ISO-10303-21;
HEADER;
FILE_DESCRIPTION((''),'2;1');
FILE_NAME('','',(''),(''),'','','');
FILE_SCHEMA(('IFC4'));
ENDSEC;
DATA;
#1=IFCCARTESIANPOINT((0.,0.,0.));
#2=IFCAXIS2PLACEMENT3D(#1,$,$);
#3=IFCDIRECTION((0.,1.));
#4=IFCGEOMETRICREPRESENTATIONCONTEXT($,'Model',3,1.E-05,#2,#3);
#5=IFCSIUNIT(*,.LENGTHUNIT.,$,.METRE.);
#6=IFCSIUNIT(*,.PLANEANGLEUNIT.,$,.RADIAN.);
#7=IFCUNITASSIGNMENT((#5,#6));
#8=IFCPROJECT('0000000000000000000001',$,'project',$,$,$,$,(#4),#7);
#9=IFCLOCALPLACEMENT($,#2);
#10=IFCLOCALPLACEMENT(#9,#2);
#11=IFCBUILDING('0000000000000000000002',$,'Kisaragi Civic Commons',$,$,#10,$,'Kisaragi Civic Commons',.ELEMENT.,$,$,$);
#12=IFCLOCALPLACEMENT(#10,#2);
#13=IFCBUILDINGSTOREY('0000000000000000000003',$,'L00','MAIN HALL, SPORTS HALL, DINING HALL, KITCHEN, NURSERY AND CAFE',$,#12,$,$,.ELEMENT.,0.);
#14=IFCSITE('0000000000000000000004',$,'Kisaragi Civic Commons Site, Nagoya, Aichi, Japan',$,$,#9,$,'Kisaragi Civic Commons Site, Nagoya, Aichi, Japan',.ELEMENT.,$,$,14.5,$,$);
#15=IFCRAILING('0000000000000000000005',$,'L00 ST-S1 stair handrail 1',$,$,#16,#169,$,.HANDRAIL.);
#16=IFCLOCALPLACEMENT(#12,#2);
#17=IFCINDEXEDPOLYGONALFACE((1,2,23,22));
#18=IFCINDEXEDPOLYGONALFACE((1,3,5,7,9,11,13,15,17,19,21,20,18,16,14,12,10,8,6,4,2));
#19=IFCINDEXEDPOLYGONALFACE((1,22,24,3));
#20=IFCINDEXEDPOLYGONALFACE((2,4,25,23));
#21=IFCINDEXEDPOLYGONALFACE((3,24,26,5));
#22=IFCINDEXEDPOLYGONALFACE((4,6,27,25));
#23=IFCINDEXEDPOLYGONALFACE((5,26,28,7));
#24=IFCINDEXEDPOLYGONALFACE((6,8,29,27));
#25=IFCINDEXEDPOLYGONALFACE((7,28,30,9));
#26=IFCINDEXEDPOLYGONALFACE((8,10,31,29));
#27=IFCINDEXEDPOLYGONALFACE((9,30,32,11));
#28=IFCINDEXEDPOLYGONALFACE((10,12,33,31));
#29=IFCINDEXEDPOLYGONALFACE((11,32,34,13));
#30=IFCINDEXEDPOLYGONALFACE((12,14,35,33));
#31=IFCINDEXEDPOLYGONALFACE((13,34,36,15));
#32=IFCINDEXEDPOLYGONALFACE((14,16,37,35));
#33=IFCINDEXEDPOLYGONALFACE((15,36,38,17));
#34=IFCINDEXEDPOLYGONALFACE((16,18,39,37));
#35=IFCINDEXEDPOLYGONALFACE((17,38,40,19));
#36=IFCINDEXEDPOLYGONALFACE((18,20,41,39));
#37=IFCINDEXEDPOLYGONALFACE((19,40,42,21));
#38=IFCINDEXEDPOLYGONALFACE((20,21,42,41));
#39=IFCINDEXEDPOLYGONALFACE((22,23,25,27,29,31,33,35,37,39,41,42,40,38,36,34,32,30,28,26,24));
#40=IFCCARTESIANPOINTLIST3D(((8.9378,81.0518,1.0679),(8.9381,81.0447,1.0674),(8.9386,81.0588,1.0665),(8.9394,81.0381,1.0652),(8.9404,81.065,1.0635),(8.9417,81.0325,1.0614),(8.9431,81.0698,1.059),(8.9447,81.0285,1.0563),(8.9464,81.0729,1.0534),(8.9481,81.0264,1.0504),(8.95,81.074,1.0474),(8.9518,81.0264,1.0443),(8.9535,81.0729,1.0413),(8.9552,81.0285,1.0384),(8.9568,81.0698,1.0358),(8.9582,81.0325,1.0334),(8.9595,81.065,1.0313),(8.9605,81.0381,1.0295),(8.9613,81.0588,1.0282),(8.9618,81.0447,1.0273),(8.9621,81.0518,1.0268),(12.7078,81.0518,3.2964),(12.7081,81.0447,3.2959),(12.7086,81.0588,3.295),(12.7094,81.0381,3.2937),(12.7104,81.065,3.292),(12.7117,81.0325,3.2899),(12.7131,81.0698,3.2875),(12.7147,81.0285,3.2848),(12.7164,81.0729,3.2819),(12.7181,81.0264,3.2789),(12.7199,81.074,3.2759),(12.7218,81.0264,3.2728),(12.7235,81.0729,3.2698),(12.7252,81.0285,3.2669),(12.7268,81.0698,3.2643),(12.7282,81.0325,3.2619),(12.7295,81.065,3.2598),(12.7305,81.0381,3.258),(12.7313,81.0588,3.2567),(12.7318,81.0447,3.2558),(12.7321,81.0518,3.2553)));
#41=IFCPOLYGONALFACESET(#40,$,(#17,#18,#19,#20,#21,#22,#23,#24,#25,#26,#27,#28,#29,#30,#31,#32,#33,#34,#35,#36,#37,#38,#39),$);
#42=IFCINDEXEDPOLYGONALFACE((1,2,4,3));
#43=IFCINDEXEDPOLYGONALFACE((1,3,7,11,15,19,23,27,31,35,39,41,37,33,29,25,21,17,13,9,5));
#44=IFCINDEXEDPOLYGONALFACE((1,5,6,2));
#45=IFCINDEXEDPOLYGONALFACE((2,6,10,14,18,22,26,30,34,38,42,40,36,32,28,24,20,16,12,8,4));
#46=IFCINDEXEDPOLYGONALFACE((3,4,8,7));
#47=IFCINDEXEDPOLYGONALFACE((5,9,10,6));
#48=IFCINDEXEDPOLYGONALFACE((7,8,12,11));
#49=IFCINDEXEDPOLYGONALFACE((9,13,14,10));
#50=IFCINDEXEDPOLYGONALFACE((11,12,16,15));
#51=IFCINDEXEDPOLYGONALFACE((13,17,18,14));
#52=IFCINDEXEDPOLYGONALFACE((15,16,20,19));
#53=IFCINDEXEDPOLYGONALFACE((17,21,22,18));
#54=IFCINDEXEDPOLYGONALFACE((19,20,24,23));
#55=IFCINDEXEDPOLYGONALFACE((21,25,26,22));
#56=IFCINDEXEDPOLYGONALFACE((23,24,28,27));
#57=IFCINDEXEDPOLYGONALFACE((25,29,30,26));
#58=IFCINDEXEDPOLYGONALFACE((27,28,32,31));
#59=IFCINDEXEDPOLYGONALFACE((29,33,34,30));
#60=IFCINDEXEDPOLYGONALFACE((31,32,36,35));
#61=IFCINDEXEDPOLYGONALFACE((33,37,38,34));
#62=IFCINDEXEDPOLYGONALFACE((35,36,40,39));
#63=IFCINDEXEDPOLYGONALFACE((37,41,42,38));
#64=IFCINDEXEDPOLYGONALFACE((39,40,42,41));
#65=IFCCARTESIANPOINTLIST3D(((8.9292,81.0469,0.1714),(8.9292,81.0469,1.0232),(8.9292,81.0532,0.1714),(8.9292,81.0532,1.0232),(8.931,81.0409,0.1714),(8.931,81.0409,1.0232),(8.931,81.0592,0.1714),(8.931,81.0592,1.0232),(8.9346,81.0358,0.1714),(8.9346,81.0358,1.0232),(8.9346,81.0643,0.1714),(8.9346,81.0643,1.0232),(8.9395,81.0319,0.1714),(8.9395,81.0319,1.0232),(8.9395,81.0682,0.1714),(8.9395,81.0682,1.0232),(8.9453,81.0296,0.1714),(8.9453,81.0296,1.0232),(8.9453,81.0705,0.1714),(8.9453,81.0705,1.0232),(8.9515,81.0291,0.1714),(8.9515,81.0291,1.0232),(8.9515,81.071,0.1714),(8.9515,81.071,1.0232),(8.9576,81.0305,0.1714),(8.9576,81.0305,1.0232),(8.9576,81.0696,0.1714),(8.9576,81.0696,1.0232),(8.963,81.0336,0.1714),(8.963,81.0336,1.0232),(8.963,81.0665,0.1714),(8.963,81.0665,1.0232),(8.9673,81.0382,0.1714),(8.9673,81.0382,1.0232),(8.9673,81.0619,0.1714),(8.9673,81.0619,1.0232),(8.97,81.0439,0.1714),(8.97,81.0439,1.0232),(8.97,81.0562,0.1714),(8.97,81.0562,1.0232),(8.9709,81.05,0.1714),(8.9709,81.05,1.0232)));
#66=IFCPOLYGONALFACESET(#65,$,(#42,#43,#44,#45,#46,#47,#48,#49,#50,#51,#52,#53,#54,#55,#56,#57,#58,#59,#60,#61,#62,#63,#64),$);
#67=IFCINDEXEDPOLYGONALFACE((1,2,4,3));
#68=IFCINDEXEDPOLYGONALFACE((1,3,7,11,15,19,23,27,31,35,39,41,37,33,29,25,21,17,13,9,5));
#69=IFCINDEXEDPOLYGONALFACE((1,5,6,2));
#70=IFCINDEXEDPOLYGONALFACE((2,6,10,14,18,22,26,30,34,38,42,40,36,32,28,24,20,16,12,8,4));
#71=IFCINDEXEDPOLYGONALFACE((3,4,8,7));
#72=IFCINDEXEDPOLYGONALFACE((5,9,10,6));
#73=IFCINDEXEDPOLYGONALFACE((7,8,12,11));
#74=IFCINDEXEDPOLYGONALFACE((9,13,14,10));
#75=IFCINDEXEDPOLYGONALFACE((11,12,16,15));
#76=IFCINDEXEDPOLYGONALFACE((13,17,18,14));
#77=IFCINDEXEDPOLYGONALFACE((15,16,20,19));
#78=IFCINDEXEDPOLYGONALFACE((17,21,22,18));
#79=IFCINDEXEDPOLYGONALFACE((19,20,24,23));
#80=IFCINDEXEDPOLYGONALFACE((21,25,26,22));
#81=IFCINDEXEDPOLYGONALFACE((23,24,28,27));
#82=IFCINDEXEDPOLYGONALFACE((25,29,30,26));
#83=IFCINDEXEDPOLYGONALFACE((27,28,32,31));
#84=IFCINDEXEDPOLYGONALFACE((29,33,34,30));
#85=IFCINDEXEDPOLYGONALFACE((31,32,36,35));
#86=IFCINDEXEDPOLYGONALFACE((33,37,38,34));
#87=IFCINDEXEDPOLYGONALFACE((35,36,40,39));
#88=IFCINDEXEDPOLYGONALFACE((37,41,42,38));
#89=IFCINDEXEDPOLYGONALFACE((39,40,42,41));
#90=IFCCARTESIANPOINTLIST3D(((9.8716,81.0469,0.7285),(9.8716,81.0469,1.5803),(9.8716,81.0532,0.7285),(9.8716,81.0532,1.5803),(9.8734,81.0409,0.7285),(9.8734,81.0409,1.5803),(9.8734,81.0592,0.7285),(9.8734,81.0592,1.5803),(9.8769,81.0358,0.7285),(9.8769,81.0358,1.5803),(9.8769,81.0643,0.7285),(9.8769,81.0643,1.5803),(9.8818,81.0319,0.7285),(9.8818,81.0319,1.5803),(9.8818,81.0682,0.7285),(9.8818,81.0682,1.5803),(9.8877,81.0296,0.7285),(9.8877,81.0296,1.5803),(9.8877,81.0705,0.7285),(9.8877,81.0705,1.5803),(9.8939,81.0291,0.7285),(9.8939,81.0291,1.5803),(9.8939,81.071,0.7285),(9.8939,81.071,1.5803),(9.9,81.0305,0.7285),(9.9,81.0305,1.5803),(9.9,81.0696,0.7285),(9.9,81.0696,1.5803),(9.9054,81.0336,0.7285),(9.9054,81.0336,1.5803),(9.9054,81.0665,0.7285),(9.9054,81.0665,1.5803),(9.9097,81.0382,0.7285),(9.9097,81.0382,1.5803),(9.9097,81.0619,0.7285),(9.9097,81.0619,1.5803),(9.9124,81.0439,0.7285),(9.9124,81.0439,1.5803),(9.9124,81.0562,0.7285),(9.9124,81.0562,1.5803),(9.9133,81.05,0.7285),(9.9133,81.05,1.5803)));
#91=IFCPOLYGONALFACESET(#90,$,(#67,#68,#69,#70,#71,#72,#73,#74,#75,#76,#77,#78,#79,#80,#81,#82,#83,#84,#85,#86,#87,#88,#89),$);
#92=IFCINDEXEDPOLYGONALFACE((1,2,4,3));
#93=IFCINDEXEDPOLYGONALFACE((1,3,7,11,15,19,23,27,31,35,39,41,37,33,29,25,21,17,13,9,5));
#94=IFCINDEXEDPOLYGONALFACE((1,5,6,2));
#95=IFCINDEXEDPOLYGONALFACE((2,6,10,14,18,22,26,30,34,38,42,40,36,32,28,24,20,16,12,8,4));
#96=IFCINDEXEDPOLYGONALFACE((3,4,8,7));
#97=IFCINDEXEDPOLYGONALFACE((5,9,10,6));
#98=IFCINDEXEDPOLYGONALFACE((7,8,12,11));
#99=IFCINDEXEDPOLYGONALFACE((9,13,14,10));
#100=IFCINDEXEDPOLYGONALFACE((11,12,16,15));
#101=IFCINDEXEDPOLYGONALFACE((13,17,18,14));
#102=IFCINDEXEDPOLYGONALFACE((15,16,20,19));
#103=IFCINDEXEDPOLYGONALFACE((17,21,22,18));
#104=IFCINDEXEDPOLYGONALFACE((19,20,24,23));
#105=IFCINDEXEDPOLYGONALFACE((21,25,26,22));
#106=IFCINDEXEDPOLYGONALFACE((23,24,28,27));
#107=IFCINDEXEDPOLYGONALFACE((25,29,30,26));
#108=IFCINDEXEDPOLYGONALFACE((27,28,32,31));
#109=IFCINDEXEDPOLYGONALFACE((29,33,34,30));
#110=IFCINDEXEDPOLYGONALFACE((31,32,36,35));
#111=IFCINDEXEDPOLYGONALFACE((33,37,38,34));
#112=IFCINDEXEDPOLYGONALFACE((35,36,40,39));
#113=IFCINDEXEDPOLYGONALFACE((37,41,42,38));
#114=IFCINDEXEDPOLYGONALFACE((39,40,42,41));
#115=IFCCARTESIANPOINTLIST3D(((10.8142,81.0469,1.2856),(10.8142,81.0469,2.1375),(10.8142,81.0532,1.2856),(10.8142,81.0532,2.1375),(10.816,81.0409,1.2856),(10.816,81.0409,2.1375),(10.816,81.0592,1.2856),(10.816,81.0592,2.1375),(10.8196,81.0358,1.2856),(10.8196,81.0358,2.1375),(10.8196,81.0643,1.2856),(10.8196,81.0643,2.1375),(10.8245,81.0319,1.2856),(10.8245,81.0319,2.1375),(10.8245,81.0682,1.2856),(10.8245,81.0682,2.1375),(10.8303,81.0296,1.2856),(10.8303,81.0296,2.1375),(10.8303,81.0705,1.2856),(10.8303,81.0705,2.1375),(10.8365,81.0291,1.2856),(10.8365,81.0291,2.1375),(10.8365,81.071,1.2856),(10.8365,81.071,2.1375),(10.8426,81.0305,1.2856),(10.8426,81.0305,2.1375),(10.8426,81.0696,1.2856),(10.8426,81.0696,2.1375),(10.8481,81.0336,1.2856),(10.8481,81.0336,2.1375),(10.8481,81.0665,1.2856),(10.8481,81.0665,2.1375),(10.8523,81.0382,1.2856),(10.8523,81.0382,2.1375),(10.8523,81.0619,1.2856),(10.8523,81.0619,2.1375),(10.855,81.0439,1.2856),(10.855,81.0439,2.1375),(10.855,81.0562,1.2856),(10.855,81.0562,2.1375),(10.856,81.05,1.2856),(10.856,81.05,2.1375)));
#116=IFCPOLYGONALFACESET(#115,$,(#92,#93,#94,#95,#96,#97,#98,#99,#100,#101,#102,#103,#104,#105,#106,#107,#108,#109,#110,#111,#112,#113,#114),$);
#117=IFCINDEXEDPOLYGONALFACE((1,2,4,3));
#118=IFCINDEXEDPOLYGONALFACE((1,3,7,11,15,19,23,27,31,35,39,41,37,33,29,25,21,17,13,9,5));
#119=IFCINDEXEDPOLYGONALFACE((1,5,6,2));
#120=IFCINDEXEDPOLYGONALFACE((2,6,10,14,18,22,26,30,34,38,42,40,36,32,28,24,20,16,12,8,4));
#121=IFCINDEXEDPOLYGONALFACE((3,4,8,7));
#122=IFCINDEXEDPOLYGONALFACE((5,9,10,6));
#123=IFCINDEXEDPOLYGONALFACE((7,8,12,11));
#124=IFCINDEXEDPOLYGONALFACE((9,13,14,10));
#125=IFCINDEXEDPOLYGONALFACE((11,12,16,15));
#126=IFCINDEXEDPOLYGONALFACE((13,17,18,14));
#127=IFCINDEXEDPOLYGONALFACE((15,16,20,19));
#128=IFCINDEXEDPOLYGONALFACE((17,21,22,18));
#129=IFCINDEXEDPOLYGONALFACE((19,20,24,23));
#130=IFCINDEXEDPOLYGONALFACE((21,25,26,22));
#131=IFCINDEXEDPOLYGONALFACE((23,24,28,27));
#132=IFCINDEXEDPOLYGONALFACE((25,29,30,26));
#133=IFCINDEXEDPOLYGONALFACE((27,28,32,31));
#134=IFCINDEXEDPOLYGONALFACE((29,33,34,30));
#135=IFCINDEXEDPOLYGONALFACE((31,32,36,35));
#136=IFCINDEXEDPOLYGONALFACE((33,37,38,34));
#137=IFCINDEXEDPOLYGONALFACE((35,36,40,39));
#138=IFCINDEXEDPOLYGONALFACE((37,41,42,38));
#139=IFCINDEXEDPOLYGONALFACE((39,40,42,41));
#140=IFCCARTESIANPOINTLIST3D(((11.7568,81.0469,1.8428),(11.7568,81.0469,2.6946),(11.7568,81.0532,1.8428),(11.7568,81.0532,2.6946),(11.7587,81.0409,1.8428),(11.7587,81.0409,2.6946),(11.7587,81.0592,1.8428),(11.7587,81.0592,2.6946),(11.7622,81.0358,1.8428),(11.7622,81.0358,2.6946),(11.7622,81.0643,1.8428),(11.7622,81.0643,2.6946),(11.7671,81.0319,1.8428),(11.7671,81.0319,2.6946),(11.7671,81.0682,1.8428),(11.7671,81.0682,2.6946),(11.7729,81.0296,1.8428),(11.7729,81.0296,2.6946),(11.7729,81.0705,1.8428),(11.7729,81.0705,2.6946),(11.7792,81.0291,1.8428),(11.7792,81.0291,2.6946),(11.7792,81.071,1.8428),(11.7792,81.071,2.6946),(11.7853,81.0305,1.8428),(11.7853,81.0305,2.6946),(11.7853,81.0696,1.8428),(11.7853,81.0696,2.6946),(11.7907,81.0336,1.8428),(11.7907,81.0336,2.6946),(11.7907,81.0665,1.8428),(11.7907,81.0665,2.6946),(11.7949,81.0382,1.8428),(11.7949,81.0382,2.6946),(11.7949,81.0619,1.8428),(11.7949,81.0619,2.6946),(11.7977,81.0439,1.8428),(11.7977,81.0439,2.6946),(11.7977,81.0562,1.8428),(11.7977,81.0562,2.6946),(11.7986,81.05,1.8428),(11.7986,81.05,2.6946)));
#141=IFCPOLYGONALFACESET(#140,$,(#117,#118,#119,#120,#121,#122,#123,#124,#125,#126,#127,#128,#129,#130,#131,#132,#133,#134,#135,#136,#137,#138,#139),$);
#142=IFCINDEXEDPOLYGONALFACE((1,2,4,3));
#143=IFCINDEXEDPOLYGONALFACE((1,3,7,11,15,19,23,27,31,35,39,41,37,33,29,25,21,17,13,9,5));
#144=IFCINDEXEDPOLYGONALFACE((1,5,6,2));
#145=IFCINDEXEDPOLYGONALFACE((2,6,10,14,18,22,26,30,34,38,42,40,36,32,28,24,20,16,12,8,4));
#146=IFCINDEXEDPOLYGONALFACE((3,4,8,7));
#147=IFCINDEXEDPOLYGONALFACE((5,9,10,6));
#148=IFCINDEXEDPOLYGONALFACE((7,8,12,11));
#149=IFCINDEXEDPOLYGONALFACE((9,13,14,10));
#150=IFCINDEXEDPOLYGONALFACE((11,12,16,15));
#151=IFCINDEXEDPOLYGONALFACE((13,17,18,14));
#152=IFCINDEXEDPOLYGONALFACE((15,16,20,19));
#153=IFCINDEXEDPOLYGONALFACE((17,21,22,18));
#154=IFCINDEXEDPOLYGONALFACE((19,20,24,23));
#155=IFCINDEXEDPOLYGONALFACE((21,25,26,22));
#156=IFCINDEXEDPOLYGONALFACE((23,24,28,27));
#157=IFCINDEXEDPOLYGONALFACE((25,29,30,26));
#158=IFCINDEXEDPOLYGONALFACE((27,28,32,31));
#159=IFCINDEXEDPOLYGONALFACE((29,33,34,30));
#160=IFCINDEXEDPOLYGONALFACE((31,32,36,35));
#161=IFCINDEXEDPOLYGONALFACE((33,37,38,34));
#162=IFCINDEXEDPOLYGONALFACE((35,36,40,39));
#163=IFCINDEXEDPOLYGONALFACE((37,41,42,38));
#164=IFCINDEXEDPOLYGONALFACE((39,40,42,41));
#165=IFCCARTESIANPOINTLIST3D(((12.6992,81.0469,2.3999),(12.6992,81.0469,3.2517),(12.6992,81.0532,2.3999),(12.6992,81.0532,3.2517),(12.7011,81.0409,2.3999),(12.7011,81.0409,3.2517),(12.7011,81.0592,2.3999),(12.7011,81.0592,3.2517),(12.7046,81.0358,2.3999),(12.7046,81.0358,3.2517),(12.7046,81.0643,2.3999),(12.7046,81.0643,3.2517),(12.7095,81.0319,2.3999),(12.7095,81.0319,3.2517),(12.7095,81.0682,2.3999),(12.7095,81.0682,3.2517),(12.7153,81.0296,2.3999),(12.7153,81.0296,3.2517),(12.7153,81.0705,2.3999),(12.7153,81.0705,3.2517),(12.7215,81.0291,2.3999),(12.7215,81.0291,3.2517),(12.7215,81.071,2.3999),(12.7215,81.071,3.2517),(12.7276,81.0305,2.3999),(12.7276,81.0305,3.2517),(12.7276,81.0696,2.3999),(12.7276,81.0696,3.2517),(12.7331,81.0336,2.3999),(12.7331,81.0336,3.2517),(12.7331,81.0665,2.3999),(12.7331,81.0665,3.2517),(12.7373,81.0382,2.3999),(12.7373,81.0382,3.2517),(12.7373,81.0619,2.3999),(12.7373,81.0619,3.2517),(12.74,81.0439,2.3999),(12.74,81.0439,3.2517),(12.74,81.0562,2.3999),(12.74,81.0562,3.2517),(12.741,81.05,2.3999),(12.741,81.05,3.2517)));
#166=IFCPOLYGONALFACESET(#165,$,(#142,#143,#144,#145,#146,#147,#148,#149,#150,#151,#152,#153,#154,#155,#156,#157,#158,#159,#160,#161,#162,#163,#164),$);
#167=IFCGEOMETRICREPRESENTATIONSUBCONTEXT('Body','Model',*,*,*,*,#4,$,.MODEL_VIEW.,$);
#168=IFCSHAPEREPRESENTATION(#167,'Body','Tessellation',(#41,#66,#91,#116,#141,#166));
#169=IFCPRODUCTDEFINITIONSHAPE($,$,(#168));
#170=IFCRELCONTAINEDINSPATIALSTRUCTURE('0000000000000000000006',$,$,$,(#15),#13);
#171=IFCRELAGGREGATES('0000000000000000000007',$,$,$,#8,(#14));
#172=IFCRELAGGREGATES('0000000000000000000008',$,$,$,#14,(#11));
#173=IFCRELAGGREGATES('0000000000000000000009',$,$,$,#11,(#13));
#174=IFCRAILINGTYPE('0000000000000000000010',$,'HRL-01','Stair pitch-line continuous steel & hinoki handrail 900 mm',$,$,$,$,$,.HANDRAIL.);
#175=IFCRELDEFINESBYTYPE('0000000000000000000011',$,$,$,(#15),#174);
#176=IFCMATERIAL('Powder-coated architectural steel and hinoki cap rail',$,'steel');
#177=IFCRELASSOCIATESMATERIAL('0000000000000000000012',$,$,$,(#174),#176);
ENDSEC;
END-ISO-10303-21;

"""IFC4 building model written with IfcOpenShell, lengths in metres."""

from ifc_helpers import new_model, si_unit, direction, frame, origin, origin_2d, place, context, subcontext, project, spatial, circle, extrude, material, type_object, element, save


model = new_model("IFC4")

# Units and contexts
model_context = context("Model", 3, precision=1e-05, world=origin(), true_north=direction((0.0, 1.0)))
body_context = subcontext(model_context, "Body", "Model", "MODEL_VIEW")
ifc_project = project(units=[si_unit("LENGTHUNIT", "METRE"), si_unit("PLANEANGLEUNIT", "RADIAN")], contexts=[model_context])

# Site, building, storey
site_placement = place(None, origin())
site = spatial("IfcSite", under=ifc_project, at=site_placement, Name="Kisaragi Civic Commons Site, Nagoya, Aichi, Japan", LongName="Kisaragi Civic Commons Site, Nagoya, Aichi, Japan", CompositionType="ELEMENT", RefElevation=14.5)
building_placement = place(site_placement, origin())
building = spatial("IfcBuilding", under=site, at=building_placement, Name="Kisaragi Civic Commons", LongName="Kisaragi Civic Commons", CompositionType="ELEMENT")
storey_placement = place(building_placement, origin())
storey = spatial("IfcBuildingStorey", under=building, at=storey_placement, Name="L00", Description="MAIN HALL, SPORTS HALL, DINING HALL, KITCHEN, NURSERY AND CAFE", CompositionType="ELEMENT", Elevation=0.0)

# Railing
ifc_material_1 = material(Name="Powder-coated architectural steel and hinoki cap rail", Category="steel")
railing_type_1 = type_object("IfcRailingType", Name="HRL-01", Description="Stair pitch-line continuous steel & hinoki handrail 900 mm", PredefinedType="HANDRAIL", material=ifc_material_1)
railing_1_placement = place(storey_placement, frame((8.95, 81.05, 0.1714)))
element("IfcRailing", 1, at=railing_1_placement, inside=storey, type_object=railing_type_1, Name="L00 ST-S1 stair handrail 1", PredefinedType="HANDRAIL", context=body_context, shape_type="SweptSolid", body=[
    extrude(circle(Radius=0.0239, at=origin_2d()), frame((0.0, 0.0, 0.876), z_axis=(0.860849, 0.0, 0.508861), x_axis=(0.0, 1.0, 0.0)), (0.0, 0.0, 1.0), 4.3794),
    extrude(circle(Radius=0.021, at=origin_2d()), origin(), (0.0, 0.0, 1.0), 0.8518),
    extrude(circle(Radius=0.021, at=origin_2d()), frame((0.9424, 0.0, 0.5571)), (0.0, 0.0, 1.0), 0.8518),
    extrude(circle(Radius=0.021, at=origin_2d()), frame((1.885, 0.0, 1.1143)), (0.0, 0.0, 1.0), 0.8518),
    extrude(circle(Radius=0.021, at=origin_2d()), frame((2.8276, 0.0, 1.6714)), (0.0, 0.0, 1.0), 0.8518),
    extrude(circle(Radius=0.021, at=origin_2d()), frame((3.77, 0.0, 2.2285)), (0.0, 0.0, 1.0), 0.8518),
])

save(model, "model.ifc")
